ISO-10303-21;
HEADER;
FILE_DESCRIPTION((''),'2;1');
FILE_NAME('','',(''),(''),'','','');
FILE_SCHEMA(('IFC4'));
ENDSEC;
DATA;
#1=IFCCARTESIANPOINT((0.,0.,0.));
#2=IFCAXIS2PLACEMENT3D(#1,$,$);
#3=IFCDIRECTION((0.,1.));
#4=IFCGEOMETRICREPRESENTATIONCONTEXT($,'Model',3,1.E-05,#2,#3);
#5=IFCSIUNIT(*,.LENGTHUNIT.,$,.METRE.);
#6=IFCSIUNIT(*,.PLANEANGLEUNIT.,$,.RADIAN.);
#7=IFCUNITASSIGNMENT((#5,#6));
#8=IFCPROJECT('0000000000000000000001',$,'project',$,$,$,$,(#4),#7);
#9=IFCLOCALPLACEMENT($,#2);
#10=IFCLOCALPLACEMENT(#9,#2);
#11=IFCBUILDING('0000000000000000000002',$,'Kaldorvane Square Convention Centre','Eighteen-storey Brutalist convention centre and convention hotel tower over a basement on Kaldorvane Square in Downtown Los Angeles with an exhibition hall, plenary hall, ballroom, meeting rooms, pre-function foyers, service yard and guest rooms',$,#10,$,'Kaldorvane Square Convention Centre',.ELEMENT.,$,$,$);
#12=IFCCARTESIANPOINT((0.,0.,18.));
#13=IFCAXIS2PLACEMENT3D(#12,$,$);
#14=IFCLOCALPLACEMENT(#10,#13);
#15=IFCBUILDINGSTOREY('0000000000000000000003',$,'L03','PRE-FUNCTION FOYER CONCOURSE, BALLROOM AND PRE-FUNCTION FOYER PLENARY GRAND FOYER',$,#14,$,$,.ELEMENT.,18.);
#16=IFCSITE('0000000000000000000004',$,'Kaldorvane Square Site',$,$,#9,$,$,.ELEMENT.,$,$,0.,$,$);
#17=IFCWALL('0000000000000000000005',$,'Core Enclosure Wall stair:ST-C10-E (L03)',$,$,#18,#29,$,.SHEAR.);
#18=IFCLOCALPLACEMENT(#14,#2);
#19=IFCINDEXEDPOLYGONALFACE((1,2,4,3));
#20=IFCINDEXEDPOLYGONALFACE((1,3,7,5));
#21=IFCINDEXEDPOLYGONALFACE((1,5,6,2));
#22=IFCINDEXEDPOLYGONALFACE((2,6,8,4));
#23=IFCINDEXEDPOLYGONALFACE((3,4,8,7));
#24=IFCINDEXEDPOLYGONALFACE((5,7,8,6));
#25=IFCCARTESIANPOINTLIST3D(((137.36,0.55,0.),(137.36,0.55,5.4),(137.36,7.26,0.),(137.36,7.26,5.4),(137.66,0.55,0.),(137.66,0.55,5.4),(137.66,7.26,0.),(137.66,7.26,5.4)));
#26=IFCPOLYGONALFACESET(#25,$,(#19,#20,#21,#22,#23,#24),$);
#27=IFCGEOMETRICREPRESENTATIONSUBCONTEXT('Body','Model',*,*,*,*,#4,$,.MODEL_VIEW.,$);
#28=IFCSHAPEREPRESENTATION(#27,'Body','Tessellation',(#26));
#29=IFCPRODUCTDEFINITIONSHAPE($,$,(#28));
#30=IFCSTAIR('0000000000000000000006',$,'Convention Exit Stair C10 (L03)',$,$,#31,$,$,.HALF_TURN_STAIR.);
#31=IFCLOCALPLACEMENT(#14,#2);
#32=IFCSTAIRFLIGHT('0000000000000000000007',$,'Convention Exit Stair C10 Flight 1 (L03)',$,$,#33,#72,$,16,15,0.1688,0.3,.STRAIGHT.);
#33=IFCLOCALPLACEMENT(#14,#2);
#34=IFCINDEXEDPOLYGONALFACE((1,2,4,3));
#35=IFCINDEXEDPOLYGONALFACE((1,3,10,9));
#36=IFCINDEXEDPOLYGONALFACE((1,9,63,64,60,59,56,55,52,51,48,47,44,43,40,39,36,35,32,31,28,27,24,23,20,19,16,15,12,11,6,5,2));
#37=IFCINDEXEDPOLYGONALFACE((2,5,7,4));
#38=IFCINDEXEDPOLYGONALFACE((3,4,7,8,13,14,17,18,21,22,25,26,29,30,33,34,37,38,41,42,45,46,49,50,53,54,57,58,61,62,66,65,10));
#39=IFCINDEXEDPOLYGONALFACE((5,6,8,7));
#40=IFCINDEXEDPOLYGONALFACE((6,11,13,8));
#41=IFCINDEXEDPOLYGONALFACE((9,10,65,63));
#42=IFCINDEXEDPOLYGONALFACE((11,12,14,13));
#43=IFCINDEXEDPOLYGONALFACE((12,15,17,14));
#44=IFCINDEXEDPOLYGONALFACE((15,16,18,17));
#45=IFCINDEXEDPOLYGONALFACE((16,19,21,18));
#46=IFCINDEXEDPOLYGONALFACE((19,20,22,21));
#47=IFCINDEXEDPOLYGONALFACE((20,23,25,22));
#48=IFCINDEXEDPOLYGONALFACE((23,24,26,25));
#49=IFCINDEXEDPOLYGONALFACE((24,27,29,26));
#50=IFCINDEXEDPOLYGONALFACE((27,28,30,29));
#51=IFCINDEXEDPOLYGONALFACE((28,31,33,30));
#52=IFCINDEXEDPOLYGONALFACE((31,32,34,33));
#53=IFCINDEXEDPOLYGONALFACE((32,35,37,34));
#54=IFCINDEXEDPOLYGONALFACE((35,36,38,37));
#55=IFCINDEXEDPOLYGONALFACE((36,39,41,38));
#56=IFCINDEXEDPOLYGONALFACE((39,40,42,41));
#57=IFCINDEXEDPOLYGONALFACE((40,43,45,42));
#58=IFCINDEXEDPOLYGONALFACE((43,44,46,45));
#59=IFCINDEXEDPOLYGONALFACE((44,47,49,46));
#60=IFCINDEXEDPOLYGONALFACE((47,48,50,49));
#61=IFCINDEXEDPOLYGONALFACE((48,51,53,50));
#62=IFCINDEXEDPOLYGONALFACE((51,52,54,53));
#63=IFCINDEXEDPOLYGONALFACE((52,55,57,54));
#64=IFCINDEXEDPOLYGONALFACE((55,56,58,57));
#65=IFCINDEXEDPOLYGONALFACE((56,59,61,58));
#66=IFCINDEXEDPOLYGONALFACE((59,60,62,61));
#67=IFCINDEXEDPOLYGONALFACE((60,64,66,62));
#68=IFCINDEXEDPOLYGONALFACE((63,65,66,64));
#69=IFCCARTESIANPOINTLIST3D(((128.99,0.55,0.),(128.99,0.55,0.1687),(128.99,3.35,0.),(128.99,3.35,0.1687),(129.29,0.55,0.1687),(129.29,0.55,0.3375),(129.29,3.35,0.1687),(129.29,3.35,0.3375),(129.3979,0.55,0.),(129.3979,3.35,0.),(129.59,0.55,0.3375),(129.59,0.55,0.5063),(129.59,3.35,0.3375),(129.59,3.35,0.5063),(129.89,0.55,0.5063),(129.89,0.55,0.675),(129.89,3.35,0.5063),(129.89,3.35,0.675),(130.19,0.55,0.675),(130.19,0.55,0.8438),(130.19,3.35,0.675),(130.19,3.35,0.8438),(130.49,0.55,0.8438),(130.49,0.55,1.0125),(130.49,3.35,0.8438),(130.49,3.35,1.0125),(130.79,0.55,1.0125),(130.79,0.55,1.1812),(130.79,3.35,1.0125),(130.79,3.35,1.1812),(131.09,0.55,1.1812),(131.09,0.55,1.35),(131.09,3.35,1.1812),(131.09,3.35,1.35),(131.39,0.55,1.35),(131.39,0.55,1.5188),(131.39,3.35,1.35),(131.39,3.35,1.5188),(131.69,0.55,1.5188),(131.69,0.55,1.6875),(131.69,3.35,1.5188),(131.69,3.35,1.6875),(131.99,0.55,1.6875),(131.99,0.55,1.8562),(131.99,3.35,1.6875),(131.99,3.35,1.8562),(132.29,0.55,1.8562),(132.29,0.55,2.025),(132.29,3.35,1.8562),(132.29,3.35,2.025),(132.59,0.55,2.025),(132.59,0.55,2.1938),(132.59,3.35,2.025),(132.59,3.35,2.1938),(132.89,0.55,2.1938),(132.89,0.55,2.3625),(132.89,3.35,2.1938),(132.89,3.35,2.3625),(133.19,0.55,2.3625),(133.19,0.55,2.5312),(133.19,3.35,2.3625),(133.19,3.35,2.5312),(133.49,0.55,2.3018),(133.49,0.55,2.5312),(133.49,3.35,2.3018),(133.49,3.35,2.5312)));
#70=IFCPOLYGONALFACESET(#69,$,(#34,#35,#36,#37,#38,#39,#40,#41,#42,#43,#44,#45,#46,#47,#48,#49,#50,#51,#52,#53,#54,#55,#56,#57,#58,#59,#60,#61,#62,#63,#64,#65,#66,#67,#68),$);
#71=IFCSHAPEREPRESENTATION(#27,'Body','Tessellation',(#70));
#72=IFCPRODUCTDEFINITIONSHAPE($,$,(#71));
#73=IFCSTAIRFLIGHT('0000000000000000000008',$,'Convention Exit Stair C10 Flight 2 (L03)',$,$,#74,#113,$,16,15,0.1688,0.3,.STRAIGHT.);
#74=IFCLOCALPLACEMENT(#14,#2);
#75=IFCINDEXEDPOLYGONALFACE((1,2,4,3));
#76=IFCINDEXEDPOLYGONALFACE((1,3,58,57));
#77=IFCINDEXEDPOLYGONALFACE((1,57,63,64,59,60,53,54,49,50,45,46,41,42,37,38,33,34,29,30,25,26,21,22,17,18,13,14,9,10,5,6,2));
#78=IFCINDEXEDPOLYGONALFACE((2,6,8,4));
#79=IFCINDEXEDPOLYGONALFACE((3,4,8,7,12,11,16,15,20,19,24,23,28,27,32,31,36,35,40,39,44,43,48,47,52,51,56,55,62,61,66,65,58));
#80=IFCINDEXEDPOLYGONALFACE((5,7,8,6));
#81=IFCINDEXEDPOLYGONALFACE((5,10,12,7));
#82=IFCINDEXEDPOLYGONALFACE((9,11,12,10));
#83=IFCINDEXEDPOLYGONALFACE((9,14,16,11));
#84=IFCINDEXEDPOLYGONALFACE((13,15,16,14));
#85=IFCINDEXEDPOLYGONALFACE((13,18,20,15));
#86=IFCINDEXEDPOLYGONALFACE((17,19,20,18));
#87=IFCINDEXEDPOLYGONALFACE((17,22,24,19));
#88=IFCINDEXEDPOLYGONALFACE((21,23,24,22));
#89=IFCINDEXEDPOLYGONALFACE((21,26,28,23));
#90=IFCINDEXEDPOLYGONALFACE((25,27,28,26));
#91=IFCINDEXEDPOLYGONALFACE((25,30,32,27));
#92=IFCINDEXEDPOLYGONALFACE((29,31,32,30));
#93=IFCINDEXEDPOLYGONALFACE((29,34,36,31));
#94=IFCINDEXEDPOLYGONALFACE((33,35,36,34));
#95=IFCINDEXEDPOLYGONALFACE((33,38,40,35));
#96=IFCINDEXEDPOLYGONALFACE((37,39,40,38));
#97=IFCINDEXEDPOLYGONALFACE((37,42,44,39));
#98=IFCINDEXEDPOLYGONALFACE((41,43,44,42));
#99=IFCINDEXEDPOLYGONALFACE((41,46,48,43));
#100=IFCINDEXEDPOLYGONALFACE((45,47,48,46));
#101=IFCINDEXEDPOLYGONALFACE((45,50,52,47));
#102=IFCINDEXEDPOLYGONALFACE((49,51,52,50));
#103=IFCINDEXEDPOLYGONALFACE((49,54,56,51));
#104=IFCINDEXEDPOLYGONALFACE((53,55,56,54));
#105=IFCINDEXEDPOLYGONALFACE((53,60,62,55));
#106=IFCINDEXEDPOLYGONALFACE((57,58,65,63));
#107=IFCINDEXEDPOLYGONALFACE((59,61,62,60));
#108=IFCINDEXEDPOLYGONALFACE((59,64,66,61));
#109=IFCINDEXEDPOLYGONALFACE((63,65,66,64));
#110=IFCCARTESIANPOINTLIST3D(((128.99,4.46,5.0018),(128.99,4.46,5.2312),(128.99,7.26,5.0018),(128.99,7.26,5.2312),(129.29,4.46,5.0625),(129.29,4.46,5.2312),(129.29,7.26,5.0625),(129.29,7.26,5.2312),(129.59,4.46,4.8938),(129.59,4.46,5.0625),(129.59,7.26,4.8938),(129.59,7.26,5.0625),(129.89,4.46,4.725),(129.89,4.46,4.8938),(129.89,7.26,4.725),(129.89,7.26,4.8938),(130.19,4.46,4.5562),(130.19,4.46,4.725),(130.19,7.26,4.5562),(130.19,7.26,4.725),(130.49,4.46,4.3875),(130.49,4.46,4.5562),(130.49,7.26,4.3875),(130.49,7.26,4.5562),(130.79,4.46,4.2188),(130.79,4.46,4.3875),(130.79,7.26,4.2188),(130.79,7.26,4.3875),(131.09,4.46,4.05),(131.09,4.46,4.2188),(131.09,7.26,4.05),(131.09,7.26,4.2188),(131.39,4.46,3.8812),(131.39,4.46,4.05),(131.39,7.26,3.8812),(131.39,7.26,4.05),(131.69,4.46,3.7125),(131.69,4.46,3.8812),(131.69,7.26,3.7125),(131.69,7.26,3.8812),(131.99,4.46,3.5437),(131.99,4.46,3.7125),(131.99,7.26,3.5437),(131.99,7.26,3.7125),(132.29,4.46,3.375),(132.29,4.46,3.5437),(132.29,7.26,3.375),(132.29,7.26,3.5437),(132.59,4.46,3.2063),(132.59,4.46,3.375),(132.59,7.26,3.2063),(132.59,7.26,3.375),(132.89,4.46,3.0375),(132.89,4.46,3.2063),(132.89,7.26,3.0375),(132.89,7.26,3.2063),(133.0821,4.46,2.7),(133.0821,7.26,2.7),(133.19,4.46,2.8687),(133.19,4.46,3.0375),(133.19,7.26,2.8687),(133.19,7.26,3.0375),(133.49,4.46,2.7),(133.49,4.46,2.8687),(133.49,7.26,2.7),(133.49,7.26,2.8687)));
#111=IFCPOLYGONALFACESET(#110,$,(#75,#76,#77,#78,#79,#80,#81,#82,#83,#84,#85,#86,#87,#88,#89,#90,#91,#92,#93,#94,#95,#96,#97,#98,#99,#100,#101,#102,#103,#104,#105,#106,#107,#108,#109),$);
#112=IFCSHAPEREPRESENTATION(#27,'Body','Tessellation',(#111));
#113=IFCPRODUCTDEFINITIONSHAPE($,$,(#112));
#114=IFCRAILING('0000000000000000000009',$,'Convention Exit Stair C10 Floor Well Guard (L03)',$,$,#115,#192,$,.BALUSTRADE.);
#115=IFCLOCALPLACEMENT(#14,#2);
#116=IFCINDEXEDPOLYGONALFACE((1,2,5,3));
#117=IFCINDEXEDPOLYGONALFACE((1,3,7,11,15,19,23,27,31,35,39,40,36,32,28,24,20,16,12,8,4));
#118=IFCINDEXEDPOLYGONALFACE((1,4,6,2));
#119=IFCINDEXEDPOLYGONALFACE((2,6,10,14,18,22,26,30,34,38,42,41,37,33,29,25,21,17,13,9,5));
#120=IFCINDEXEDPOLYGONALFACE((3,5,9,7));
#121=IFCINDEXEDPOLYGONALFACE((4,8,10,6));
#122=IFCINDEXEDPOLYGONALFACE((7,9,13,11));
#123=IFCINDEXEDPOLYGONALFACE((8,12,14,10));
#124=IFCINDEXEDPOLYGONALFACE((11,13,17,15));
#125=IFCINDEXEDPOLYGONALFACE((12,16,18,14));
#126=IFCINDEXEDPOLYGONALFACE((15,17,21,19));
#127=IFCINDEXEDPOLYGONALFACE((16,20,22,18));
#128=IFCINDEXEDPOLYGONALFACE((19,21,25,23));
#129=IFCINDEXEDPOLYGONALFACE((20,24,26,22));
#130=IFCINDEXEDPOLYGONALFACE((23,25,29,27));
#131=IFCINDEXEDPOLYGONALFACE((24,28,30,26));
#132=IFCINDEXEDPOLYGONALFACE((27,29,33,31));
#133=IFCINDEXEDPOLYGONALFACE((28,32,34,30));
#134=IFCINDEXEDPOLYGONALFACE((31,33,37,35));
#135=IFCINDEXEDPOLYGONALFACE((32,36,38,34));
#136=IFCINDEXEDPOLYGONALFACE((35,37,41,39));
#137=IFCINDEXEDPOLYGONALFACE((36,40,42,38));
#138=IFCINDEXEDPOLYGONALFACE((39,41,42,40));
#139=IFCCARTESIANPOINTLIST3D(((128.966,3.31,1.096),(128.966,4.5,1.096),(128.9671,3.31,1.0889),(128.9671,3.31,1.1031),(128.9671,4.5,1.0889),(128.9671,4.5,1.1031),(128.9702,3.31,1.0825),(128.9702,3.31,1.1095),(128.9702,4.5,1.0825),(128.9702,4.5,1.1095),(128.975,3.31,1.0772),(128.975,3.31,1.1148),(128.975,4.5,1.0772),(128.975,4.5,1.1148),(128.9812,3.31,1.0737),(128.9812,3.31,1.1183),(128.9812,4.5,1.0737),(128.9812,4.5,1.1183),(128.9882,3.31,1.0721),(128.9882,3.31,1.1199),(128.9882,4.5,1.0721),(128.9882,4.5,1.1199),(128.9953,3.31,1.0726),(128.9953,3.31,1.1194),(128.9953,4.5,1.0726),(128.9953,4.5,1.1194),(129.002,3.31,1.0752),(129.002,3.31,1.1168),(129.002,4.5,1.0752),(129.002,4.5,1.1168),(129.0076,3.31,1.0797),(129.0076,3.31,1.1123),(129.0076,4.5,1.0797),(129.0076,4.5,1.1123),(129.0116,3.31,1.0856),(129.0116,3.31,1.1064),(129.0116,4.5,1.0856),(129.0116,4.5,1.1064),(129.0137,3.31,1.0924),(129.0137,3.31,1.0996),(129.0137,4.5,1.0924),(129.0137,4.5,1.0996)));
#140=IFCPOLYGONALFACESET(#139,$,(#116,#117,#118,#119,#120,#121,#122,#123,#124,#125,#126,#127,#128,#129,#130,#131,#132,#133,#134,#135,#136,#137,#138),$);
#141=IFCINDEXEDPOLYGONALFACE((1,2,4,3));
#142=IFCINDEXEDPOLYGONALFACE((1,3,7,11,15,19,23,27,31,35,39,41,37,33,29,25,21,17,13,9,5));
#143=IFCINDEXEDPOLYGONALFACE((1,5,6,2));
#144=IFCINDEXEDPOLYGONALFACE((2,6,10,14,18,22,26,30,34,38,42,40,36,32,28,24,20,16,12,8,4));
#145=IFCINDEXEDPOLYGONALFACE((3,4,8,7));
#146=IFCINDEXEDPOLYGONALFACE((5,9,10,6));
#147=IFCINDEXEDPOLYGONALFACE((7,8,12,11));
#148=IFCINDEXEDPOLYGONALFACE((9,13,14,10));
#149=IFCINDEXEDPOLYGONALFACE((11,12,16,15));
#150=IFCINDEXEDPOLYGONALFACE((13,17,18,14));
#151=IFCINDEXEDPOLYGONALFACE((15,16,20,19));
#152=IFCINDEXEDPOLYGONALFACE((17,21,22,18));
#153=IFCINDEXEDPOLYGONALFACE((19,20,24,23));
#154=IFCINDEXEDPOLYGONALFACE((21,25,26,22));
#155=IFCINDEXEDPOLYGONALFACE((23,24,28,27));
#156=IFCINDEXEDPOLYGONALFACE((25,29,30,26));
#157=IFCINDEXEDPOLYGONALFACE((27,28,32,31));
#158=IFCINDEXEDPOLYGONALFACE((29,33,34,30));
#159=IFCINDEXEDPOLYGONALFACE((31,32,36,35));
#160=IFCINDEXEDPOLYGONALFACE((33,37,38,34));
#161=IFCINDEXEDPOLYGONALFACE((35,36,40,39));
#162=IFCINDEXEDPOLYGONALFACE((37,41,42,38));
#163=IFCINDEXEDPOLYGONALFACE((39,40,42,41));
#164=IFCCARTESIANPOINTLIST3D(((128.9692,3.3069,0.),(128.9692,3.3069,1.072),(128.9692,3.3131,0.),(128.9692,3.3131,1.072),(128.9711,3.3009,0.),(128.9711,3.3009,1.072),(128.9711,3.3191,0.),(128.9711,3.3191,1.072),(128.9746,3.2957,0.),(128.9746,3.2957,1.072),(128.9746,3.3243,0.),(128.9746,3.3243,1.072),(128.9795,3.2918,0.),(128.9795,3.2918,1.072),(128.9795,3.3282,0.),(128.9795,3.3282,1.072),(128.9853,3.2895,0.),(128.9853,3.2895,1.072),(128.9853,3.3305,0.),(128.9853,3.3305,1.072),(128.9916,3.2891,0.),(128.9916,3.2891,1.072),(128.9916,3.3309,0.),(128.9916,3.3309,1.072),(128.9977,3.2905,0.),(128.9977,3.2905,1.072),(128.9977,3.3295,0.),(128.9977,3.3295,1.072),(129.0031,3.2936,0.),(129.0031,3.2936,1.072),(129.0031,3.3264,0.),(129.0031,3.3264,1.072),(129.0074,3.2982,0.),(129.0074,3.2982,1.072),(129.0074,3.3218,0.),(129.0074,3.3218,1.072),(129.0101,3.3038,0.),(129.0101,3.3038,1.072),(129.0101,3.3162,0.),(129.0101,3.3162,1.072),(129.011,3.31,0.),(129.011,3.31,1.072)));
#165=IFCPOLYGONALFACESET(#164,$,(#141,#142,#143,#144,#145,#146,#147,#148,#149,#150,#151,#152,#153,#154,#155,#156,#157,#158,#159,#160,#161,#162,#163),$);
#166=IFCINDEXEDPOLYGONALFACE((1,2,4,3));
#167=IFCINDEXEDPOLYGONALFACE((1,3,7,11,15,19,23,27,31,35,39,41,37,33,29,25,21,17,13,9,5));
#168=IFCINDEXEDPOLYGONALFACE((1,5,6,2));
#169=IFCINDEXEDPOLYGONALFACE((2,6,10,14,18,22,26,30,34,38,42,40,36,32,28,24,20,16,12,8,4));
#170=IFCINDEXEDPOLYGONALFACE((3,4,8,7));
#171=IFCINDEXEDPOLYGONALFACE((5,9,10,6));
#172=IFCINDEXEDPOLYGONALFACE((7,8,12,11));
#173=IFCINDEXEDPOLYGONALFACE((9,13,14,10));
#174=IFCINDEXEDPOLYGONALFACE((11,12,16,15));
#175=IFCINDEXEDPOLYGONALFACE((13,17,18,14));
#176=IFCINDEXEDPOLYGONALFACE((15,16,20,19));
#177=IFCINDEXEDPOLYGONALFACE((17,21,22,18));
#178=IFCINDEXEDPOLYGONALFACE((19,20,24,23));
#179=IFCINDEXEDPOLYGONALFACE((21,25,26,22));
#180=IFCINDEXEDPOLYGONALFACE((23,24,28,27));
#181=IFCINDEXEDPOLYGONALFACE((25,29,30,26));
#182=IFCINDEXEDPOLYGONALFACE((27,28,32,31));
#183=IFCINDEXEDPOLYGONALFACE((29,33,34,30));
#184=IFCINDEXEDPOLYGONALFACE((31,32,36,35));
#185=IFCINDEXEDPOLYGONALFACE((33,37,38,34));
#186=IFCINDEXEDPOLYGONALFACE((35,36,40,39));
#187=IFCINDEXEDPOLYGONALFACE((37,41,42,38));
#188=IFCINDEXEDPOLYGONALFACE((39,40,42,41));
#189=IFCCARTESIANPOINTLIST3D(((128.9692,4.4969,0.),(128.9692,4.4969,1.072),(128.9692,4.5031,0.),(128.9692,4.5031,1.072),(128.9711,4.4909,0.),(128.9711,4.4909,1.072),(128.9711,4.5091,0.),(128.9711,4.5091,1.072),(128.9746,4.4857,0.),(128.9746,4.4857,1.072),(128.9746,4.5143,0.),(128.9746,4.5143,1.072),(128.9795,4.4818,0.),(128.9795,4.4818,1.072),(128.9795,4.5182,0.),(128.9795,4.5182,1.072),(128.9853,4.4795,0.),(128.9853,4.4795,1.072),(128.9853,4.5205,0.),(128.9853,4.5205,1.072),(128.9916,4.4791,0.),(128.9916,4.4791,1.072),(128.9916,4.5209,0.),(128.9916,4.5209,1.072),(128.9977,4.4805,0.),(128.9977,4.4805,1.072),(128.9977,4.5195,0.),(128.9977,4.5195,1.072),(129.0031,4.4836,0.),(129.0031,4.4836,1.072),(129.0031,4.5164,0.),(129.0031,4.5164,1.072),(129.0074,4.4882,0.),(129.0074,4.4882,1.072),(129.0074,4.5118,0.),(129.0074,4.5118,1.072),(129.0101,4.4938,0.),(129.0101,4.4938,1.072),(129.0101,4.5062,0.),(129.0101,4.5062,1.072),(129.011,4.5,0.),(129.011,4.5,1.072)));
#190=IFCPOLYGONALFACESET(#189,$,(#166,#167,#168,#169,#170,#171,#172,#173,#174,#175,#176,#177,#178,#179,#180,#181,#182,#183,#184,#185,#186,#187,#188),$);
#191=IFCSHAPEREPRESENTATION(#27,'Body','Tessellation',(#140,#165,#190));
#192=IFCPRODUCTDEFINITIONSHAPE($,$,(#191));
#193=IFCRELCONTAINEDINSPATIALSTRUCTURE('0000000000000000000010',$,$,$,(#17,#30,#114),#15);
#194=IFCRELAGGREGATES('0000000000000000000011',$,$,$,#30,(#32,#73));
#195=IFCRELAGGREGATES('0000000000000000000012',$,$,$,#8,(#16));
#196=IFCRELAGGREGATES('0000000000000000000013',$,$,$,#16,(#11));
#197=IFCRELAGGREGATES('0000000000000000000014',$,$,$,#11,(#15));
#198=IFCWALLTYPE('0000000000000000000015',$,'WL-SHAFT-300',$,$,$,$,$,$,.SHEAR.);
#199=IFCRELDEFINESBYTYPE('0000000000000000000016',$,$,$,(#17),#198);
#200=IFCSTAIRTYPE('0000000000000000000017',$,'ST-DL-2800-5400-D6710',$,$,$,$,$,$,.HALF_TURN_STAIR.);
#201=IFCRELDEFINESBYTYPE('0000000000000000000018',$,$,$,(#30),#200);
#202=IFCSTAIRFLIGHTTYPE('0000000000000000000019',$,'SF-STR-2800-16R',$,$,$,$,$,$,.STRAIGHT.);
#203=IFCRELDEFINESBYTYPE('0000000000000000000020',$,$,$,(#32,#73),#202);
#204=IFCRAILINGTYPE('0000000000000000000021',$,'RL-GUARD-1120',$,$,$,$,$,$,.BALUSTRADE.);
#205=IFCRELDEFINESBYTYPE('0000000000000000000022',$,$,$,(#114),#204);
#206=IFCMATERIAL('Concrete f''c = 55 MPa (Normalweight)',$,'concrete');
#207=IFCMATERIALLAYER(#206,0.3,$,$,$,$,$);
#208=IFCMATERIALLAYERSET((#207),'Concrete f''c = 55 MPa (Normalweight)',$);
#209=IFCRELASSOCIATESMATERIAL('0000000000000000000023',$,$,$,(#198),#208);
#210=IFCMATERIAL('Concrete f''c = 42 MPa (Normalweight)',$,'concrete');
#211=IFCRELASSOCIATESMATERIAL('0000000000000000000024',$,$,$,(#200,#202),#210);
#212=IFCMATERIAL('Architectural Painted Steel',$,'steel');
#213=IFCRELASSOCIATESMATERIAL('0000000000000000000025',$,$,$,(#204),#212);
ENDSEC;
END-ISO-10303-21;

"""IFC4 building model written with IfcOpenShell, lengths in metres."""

from ifc_helpers import new_model, si_unit, direction, frame, frame_2d, origin, origin_2d, place, context, subcontext, project, spatial, polyline, rectangle, circle, outline, extrude, material, layer, layer_set, type_object, element, aggregate, save


model = new_model("IFC4")

# Units and contexts
model_context = context("Model", 3, precision=1e-05, world=origin(), true_north=direction((0.0, 1.0)))
body_context = subcontext(model_context, "Body", "Model", "MODEL_VIEW")
ifc_project = project(units=[si_unit("LENGTHUNIT", "METRE"), si_unit("PLANEANGLEUNIT", "RADIAN")], contexts=[model_context])

# Site, building, storey
site_placement = place(None, origin())
site = spatial("IfcSite", under=ifc_project, at=site_placement, Name="Kaldorvane Square Site", CompositionType="ELEMENT", RefElevation=0.0)
building_placement = place(site_placement, origin())
building = spatial("IfcBuilding", under=site, at=building_placement, Name="Kaldorvane Square Convention Centre", Description="Eighteen-storey Brutalist convention centre and convention hotel tower over a basement on Kaldorvane Square in Downtown Los Angeles with an exhibition hall, plenary hall, ballroom, meeting rooms, pre-function foyers, service yard and guest rooms", LongName="Kaldorvane Square Convention Centre", CompositionType="ELEMENT")
storey_placement = place(building_placement, frame((0.0, 0.0, 18.0)))
storey = spatial("IfcBuildingStorey", under=building, at=storey_placement, Name="L03", Description="PRE-FUNCTION FOYER CONCOURSE, BALLROOM AND PRE-FUNCTION FOYER PLENARY GRAND FOYER", CompositionType="ELEMENT", Elevation=18.0)

# Shared definitions
ifc_material_1 = material(Name="Concrete f'c = 42 MPa (Normalweight)", Category="concrete")

# Shared definitions
ifc_material_2 = material(Name="Concrete f'c = 55 MPa (Normalweight)", Category="concrete")
ifc_layer_1 = layer(ifc_material_2, 0.3)
ifc_layer_set_1 = layer_set([ifc_layer_1], Name="Concrete f'c = 55 MPa (Normalweight)")
wall_type_1 = type_object("IfcWallType", Name="WL-SHAFT-300", PredefinedType="SHEAR", material=ifc_layer_set_1)

# Wall
for number, where, z_axis, x_axis, name in (
    (1, (137.51, 0.55, 0.0), (0.0, 0.0, 1.0), (0.0, 1.0, 0.0), "Core Enclosure Wall stair:ST-C10-E (L03)"),
):
    element("IfcWall", number, at=place(storey_placement, frame(where, z_axis=z_axis, x_axis=x_axis)), inside=storey, type_object=wall_type_1, Name=name, PredefinedType="SHEAR", context=body_context, shape_type="SweptSolid", body=[
        extrude(rectangle(XDim=6.71, YDim=0.3, at=frame_2d((3.355, 0.0))), origin(), (0.0, 0.0, 1.0), 5.4),
    ])

# Stair, stair flights
stair_type = type_object("IfcStairType", Name="ST-DL-2800-5400-D6710", PredefinedType="HALF_TURN_STAIR", material=ifc_material_1)
stair_placement = place(storey_placement, origin())
stair = element("IfcStair", 2, at=stair_placement, inside=storey, type_object=stair_type, Name="Convention Exit Stair C10 (L03)", PredefinedType="HALF_TURN_STAIR")
stair_flight_type = type_object("IfcStairFlightType", Name="SF-STR-2800-16R", PredefinedType="STRAIGHT", material=ifc_material_1)
stair_flight_1_placement = place(storey_placement, frame((128.99, 1.95, 0.0), z_axis=(0.0, 0.0, 1.0), x_axis=(1.0, 0.0, 0.0)))
stair_flight_1 = element("IfcStairFlight", 3, at=stair_flight_1_placement, type_object=stair_flight_type, Name="Convention Exit Stair C10 Flight 1 (L03)", NumberOfRisers=16, NumberOfTreads=15, PredefinedType="STRAIGHT", RiserHeight=0.1688, TreadLength=0.3, context=body_context, shape_type="SweptSolid", body=[
    extrude(outline(polyline([(0.0, 0.0), (0.0, 0.1687), (0.3, 0.1687), (0.3, 0.3375), (0.6, 0.3375), (0.6, 0.5063), (0.9, 0.5063), (0.9, 0.675), (1.2, 0.675), (1.2, 0.8438), (1.5, 0.8438), (1.5, 1.0125), (1.8, 1.0125), (1.8, 1.1812), (2.1, 1.1812), (2.1, 1.35), (2.4, 1.35), (2.4, 1.5188), (2.7, 1.5188), (2.7, 1.6875), (3.0, 1.6875), (3.0, 1.8562), (3.3, 1.8562), (3.3, 2.025), (3.6, 2.025), (3.6, 2.1938), (3.9, 2.1938), (3.9, 2.3625), (4.2, 2.3625), (4.2, 2.5312), (4.5, 2.5312), (4.5, 2.7), (4.5, 2.3018), (0.4079, 0.0), (0.0, 0.0)])), frame((0.0, 1.4, 0.0), z_axis=(0.0, -1.0, 0.0), x_axis=(1.0, 0.0, 0.0)), (0.0, 0.0, 1.0), 2.8),
])
stair_flight_2_placement = place(storey_placement, frame((133.49, 5.86, 2.7), z_axis=(0.0, 0.0, 1.0), x_axis=(-1.0, 0.0, 0.0)))
stair_flight_2 = element("IfcStairFlight", 4, at=stair_flight_2_placement, type_object=stair_flight_type, Name="Convention Exit Stair C10 Flight 2 (L03)", NumberOfRisers=16, NumberOfTreads=15, PredefinedType="STRAIGHT", RiserHeight=0.1688, TreadLength=0.3, context=body_context, shape_type="SweptSolid", body=[
    extrude(outline(polyline([(0.0, 0.0), (0.0, 0.1687), (0.3, 0.1687), (0.3, 0.3375), (0.6, 0.3375), (0.6, 0.5063), (0.9, 0.5063), (0.9, 0.675), (1.2, 0.675), (1.2, 0.8438), (1.5, 0.8438), (1.5, 1.0125), (1.8, 1.0125), (1.8, 1.1812), (2.1, 1.1812), (2.1, 1.35), (2.4, 1.35), (2.4, 1.5188), (2.7, 1.5188), (2.7, 1.6875), (3.0, 1.6875), (3.0, 1.8562), (3.3, 1.8562), (3.3, 2.025), (3.6, 2.025), (3.6, 2.1938), (3.9, 2.1938), (3.9, 2.3625), (4.2, 2.3625), (4.2, 2.5312), (4.5, 2.5312), (4.5, 2.7), (4.5, 2.3018), (0.4079, 0.0), (0.0, 0.0)])), frame((0.0, 1.4, 0.0), z_axis=(0.0, -1.0, 0.0), x_axis=(1.0, 0.0, 0.0)), (0.0, 0.0, 1.0), 2.8),
])
aggregate(stair, [stair_flight_1, stair_flight_2])

# Railing
ifc_material_3 = material(Name="Architectural Painted Steel", Category="steel")
railing_type_1 = type_object("IfcRailingType", Name="RL-GUARD-1120", PredefinedType="BALUSTRADE", material=ifc_material_3)
for number, where, name in (
    (5, (128.99, 3.31, 0.0), "Convention Exit Stair C10 Floor Well Guard (L03)"),
):
    element("IfcRailing", number, at=place(storey_placement, frame(where)), inside=storey, type_object=railing_type_1, Name=name, PredefinedType="BALUSTRADE", context=body_context, shape_type="SweptSolid", body=[
        extrude(circle(Radius=0.024, at=origin_2d()), frame((0.0, 0.0, 1.096), z_axis=(0.0, 1.0, 0.0), x_axis=(-1.0, 0.0, 0.0)), (0.0, 0.0, 1.0), 1.19),
        extrude(circle(Radius=0.021, at=origin_2d()), origin(), (0.0, 0.0, 1.0), 1.072),
        extrude(circle(Radius=0.021, at=origin_2d()), frame((0.0, 1.19, 0.0)), (0.0, 0.0, 1.0), 1.072),
    ])

save(model, "model.ifc")
